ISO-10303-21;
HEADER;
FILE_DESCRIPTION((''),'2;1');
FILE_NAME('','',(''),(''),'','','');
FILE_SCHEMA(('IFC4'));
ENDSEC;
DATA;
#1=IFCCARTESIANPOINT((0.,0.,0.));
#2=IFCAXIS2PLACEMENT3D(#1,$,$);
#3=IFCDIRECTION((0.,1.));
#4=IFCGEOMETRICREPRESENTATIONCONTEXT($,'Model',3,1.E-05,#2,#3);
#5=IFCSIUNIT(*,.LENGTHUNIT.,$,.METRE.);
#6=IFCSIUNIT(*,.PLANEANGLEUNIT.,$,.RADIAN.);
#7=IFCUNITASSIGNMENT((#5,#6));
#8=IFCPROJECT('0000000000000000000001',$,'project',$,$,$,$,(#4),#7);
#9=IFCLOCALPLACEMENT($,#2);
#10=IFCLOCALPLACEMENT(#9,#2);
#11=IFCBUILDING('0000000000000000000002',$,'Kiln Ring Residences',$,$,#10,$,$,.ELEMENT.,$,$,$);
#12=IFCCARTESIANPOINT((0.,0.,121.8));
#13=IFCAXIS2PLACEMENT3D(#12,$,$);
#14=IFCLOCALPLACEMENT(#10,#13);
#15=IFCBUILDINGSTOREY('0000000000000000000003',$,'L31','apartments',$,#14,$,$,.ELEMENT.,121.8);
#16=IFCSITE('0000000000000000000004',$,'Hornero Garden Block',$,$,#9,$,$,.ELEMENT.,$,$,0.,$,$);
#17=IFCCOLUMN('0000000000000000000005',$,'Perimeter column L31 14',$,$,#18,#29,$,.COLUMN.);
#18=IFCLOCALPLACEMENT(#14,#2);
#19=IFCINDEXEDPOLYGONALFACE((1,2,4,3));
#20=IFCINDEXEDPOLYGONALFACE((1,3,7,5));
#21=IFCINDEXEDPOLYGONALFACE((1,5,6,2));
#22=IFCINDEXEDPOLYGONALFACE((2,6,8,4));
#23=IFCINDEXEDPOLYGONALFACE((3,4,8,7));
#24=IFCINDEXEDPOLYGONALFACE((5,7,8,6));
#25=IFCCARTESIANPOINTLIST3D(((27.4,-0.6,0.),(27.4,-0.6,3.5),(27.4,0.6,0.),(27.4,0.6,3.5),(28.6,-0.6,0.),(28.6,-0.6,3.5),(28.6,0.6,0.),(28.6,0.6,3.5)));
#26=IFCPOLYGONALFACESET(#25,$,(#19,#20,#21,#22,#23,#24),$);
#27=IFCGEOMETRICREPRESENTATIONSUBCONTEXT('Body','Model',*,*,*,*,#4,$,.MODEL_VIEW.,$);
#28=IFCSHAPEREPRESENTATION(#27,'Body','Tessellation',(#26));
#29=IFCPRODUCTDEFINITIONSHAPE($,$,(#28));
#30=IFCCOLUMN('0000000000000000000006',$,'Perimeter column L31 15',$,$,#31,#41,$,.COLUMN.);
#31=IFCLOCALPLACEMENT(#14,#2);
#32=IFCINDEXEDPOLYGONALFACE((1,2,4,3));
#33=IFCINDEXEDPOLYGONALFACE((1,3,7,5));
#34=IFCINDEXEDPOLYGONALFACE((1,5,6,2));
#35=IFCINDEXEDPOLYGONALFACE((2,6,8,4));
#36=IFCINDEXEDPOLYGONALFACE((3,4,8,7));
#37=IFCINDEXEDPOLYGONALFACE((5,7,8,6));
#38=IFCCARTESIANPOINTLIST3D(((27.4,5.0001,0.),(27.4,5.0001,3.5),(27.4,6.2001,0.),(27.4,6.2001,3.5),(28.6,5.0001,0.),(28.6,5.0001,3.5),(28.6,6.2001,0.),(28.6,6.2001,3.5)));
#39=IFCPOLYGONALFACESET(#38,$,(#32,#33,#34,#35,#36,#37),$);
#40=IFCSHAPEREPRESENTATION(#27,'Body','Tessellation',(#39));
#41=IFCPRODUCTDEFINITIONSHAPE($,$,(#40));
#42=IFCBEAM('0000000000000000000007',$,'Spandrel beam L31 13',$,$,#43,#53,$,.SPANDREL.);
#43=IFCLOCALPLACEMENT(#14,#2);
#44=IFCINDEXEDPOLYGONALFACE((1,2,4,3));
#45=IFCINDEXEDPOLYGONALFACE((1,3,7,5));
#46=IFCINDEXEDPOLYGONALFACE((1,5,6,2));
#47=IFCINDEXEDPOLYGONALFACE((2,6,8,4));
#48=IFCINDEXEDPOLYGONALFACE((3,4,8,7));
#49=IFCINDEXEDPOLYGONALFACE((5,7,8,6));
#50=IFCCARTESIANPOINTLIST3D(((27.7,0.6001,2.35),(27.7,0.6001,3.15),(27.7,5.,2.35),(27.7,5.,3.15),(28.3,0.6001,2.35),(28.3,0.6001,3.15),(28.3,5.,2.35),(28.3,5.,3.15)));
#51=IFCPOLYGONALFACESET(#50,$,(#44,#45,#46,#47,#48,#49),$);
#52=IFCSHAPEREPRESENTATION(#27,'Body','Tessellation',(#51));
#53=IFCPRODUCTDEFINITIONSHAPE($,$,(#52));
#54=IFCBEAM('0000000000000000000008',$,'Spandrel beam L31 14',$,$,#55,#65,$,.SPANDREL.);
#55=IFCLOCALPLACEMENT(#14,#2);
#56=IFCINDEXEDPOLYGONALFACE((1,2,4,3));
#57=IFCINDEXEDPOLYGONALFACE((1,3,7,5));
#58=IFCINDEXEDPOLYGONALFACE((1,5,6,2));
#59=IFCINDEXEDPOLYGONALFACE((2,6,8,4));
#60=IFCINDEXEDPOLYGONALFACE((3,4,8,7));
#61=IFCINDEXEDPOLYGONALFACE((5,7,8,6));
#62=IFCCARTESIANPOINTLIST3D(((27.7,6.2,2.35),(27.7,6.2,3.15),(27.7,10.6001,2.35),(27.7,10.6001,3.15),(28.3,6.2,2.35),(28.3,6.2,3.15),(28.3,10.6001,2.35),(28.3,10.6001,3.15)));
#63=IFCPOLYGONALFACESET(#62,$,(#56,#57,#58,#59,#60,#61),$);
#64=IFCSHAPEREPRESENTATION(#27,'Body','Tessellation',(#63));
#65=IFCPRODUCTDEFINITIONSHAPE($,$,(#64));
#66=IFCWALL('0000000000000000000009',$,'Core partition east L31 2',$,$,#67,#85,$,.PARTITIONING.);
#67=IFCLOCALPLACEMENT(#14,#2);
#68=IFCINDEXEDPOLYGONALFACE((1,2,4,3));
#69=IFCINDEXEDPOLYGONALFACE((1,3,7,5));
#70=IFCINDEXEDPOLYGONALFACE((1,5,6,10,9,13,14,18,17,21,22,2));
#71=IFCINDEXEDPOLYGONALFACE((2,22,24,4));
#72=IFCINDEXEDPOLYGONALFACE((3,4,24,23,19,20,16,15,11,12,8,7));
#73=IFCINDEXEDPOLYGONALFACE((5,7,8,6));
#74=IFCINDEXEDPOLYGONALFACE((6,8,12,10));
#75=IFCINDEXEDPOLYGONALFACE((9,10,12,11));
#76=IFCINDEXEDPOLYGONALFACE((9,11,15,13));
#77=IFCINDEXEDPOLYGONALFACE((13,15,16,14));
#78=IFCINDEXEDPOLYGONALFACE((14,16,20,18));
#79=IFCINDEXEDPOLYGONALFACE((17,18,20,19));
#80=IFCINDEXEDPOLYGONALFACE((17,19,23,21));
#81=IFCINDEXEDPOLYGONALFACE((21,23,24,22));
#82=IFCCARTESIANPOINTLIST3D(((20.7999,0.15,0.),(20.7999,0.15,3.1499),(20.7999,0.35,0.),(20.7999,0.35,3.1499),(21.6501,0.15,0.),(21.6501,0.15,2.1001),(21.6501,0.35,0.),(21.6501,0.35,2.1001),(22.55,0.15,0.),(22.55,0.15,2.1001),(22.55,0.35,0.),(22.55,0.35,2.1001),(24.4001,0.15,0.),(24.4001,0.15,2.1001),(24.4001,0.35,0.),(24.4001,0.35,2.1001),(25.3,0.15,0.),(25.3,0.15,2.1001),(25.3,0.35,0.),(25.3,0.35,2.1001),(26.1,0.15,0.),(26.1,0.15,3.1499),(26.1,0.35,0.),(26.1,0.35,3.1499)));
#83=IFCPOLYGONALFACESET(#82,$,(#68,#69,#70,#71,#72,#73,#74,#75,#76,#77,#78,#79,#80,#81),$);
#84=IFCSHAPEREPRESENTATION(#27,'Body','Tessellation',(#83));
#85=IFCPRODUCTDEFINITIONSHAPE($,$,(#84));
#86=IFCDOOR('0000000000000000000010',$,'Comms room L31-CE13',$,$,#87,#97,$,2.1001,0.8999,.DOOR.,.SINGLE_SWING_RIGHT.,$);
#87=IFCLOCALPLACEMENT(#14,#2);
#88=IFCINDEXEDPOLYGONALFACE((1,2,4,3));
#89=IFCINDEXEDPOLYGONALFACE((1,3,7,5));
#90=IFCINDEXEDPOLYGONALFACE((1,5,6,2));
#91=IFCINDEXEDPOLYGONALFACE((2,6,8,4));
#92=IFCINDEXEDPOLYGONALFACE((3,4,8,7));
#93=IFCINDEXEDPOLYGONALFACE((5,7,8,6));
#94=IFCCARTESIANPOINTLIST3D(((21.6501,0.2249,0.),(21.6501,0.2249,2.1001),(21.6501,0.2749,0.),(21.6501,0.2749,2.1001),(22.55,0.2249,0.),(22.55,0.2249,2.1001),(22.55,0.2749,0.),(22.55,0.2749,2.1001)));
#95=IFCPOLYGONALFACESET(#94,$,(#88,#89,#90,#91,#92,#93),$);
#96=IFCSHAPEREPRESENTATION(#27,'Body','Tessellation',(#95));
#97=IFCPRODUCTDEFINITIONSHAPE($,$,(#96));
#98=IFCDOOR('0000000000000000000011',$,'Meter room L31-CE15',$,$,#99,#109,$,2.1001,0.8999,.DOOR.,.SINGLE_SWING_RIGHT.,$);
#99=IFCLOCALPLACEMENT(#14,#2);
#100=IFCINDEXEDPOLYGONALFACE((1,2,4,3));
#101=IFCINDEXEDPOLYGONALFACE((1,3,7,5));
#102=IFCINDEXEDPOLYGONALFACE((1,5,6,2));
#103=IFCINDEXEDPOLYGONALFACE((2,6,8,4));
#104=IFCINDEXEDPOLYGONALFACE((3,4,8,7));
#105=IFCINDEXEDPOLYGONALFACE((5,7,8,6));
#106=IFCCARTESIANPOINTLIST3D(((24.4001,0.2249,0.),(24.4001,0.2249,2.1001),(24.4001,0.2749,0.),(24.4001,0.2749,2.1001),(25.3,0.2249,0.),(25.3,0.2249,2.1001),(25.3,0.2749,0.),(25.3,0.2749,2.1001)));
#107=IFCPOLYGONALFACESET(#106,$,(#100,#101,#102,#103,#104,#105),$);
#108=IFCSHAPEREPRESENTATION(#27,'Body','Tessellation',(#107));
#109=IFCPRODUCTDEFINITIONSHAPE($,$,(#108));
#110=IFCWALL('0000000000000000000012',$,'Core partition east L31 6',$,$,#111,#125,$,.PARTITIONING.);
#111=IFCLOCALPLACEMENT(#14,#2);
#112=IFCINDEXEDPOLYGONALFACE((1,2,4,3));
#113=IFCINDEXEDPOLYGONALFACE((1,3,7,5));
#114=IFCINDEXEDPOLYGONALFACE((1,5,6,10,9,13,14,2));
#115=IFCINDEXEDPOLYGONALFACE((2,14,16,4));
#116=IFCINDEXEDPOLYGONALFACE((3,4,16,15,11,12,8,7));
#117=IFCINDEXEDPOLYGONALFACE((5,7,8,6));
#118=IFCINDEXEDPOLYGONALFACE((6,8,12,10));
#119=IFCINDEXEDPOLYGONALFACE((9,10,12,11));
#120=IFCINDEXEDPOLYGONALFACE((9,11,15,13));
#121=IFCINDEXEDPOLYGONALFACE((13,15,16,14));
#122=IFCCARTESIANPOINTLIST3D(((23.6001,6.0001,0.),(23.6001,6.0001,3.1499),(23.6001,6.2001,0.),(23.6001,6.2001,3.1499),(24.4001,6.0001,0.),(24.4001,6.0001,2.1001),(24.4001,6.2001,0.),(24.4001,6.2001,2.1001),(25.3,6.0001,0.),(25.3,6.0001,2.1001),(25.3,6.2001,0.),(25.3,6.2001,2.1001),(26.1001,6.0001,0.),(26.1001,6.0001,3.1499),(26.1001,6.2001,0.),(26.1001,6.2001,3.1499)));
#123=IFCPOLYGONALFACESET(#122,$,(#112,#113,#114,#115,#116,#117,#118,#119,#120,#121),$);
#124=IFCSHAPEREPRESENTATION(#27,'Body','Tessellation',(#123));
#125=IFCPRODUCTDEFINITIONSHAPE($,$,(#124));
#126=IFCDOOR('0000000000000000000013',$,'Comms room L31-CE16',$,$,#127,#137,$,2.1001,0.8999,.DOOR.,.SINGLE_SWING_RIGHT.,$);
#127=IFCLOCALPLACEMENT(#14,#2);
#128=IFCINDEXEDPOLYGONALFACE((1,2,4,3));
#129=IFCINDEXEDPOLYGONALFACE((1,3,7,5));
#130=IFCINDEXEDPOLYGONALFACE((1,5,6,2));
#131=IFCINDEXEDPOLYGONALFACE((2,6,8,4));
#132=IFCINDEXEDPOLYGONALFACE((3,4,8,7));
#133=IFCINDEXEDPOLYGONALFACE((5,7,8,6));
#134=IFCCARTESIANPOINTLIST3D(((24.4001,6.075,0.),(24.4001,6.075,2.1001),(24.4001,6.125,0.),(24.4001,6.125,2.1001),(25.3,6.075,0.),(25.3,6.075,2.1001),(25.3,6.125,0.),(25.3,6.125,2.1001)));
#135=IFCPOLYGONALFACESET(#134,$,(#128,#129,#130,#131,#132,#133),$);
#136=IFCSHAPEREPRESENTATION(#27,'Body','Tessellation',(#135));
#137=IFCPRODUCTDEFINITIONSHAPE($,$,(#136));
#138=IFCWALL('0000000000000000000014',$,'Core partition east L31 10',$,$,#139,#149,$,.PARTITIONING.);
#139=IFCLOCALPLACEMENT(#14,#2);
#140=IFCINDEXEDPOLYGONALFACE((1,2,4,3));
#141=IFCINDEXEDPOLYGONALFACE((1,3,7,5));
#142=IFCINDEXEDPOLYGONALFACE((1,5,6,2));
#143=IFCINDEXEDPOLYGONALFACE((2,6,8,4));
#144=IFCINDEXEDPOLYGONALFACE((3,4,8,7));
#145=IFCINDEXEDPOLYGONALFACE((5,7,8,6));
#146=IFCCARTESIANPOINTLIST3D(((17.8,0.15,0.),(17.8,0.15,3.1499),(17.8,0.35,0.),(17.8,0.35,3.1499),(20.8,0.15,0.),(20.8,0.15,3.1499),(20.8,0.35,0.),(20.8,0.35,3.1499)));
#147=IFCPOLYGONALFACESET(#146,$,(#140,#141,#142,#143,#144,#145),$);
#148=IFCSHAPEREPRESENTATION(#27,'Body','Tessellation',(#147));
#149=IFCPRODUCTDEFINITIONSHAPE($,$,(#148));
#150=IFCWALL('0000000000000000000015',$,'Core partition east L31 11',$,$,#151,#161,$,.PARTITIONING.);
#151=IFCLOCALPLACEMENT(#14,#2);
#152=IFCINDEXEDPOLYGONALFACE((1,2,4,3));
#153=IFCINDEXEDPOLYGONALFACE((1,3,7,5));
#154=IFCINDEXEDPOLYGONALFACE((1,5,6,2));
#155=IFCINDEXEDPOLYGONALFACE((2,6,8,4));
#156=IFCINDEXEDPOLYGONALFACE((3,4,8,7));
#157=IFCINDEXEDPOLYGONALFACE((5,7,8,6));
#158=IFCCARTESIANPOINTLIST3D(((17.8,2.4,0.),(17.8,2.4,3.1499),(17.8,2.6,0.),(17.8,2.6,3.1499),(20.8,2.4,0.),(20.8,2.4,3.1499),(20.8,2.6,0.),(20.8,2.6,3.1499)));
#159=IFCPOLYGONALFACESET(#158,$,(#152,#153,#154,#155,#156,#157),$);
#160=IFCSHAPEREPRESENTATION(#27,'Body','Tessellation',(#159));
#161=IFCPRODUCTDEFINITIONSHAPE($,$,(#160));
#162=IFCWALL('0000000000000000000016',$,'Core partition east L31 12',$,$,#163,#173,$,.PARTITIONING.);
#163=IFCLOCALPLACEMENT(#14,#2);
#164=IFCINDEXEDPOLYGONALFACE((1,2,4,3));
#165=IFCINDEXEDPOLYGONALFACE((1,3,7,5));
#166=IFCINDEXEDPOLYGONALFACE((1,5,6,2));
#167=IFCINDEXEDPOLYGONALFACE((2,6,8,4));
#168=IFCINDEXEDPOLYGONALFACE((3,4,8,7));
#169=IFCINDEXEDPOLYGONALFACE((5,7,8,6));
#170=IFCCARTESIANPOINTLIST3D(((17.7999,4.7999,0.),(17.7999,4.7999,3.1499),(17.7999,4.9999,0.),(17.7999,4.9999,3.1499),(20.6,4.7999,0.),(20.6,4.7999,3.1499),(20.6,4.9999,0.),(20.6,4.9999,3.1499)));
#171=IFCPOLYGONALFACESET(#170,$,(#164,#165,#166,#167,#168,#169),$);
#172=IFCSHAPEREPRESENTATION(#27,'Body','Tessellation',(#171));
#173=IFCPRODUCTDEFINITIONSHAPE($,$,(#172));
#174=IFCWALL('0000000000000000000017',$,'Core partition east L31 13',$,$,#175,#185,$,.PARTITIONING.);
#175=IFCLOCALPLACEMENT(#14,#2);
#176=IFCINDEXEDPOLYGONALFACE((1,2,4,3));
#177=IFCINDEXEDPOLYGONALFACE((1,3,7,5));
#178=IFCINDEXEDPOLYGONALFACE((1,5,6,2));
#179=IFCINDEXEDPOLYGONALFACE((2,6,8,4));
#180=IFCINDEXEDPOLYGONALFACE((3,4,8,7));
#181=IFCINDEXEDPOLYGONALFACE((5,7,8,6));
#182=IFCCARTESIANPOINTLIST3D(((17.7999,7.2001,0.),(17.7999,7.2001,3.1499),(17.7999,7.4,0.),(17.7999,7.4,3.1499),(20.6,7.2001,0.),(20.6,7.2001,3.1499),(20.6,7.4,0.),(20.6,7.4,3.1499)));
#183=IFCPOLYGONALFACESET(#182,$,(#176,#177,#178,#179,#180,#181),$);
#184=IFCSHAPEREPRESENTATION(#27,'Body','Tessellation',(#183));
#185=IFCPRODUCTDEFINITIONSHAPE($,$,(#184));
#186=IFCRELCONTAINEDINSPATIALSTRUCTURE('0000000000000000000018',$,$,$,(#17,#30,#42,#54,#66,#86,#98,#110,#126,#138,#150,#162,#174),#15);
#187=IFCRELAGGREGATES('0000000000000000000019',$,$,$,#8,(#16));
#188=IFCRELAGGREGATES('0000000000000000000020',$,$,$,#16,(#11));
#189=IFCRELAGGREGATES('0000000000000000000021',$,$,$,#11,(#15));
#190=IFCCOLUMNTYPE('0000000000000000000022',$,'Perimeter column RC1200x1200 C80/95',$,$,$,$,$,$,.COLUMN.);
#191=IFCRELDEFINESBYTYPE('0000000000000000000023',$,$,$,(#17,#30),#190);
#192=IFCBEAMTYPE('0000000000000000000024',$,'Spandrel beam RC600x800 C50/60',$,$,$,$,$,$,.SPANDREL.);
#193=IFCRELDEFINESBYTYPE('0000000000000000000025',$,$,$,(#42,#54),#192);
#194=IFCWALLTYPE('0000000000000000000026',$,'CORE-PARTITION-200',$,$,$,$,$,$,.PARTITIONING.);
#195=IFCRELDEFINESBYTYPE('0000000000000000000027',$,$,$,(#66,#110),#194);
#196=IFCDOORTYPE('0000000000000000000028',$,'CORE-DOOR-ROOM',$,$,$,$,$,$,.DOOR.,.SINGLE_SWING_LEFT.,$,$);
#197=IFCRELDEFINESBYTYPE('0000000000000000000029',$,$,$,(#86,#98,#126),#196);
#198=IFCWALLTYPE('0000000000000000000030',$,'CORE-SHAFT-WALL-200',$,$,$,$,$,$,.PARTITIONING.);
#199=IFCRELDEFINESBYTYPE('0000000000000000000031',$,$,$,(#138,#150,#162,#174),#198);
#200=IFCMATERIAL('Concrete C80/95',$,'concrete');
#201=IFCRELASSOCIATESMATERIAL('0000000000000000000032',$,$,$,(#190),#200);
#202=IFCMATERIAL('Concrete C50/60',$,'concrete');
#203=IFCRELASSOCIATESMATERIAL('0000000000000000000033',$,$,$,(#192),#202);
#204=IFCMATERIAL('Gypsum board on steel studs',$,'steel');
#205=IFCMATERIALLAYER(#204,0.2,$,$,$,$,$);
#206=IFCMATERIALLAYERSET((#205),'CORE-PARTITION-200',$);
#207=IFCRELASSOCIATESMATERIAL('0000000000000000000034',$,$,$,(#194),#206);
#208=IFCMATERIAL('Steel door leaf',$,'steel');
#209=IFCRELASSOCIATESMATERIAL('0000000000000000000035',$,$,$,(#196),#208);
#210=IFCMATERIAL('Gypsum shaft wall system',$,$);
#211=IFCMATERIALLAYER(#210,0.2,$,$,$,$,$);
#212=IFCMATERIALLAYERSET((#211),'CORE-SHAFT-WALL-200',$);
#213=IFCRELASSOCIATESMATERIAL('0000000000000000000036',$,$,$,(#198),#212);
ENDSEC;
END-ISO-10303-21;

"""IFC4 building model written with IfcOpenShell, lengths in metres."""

from ifc_helpers import new_model, si_unit, direction, frame, frame_2d, origin, origin_2d, place, context, subcontext, project, spatial, rectangle, extrude, material, layer, layer_set, material_profile, profile_set, type_object, element, fill, save


model = new_model("IFC4")

# Units and contexts
model_context = context("Model", 3, precision=1e-05, world=origin(), true_north=direction((0.0, 1.0)))
body_context = subcontext(model_context, "Body", "Model", "MODEL_VIEW")
ifc_project = project(units=[si_unit("LENGTHUNIT", "METRE"), si_unit("PLANEANGLEUNIT", "RADIAN")], contexts=[model_context])

# Site, building, storey
site_placement = place(None, origin())
site = spatial("IfcSite", under=ifc_project, at=site_placement, Name="Hornero Garden Block", CompositionType="ELEMENT", RefElevation=0.0)
building_placement = place(site_placement, origin())
building = spatial("IfcBuilding", under=site, at=building_placement, Name="Kiln Ring Residences", CompositionType="ELEMENT")
storey_placement = place(building_placement, frame((0.0, 0.0, 121.8)))
storey = spatial("IfcBuildingStorey", under=building, at=storey_placement, Name="L31", Description="apartments", CompositionType="ELEMENT", Elevation=121.8)

# Columns
ifc_material_1 = material(Name="Concrete C80/95", Category="concrete")
ifc_material_profile_1 = material_profile(ifc_material_1, rectangle(XDim=1.2, YDim=1.2, at=origin_2d()), Name="RC1200x1200")
ifc_profile_set_1 = profile_set([ifc_material_profile_1], Name="Concrete C80/95")
column_type = type_object("IfcColumnType", Name="Perimeter column RC1200x1200 C80/95", PredefinedType="COLUMN", material=ifc_profile_set_1)
for number, where, z_axis, x_axis, name in (
    (1, (28.0, 0.0, 0.0), (0.0, 0.0, 1.0), (1.0, 0.0, 0.0), "Perimeter column L31 14"),
    (2, (28.0, 5.6001, 0.0), (0.0, 0.0, 1.0), (1.0, 0.0, 0.0), "Perimeter column L31 15"),
):
    element("IfcColumn", number, at=place(storey_placement, frame(where, z_axis=z_axis, x_axis=x_axis)), inside=storey, type_object=column_type, Name=name, PredefinedType="COLUMN", context=body_context, shape_type="SweptSolid", body=[
        extrude(rectangle(XDim=1.2, YDim=1.2, at=origin_2d()), origin(), (0.0, 0.0, 1.0), 3.5),
    ])

# Beams
ifc_material_2 = material(Name="Concrete C50/60", Category="concrete")
ifc_material_profile_2 = material_profile(ifc_material_2, rectangle(XDim=0.6001, YDim=0.8, at=origin_2d()), Name="RC600x800")
ifc_profile_set_2 = profile_set([ifc_material_profile_2], Name="Concrete C50/60")
beam_type = type_object("IfcBeamType", Name="Spandrel beam RC600x800 C50/60", PredefinedType="SPANDREL", material=ifc_profile_set_2)
beam_1_placement = place(storey_placement, frame((28.0, 0.6001, 2.75), z_axis=(0.0, 1.0, 0.0), x_axis=(-1.0, 0.0, 0.0)))
element("IfcBeam", 3, at=beam_1_placement, inside=storey, type_object=beam_type, Name="Spandrel beam L31 13", PredefinedType="SPANDREL", context=body_context, shape_type="SweptSolid", body=[
    extrude(rectangle(XDim=0.6001, YDim=0.8, at=origin_2d()), origin(), (0.0, 0.0, 1.0), 4.3999),
])
beam_2_placement = place(storey_placement, frame((28.0, 6.2, 2.75), z_axis=(0.0, 1.0, 0.0), x_axis=(-1.0, 0.0, 0.0)))
element("IfcBeam", 4, at=beam_2_placement, inside=storey, type_object=beam_type, Name="Spandrel beam L31 14", PredefinedType="SPANDREL", context=body_context, shape_type="SweptSolid", body=[
    extrude(rectangle(XDim=0.6001, YDim=0.8, at=origin_2d()), origin(), (0.0, 0.0, 1.0), 4.4001),
])

# Wall, openings, doors
ifc_material_3 = material(Name="Gypsum board on steel studs", Category="steel")
ifc_layer_1 = layer(ifc_material_3, 0.2)
ifc_layer_set_1 = layer_set([ifc_layer_1], Name="CORE-PARTITION-200")
wall_type_1 = type_object("IfcWallType", Name="CORE-PARTITION-200", PredefinedType="PARTITIONING", material=ifc_layer_set_1)
wall_1_placement = place(storey_placement, frame((20.8, 0.25, 0.0), z_axis=(0.0, 0.0, 1.0), x_axis=(1.0, 0.0, 0.0)))
wall_1 = element("IfcWall", 5, at=wall_1_placement, inside=storey, type_object=wall_type_1, Name="Core partition east L31 2", PredefinedType="PARTITIONING", context=body_context, shape_type="SweptSolid", body=[
    extrude(rectangle(XDim=5.3, YDim=0.2, at=frame_2d((2.6499, 0.0))), origin(), (0.0, 0.0, 1.0), 3.1499),
])
opening_1_placement = place(wall_1_placement, frame((0.8501, 0.0, 0.0)))
opening_1 = element("IfcOpeningElement", 6, at=opening_1_placement, cuts=wall_1, PredefinedType="OPENING", context=body_context, shape_type="SweptSolid", body=[
    extrude(rectangle(XDim=0.8999, YDim=2.1001, at=frame_2d((0.45, 1.05))), frame((0.0, 0.1099, 0.0), z_axis=(0.0, -1.0, 0.0), x_axis=(1.0, 0.0, 0.0)), (0.0, 0.0, 1.0), 0.22),
])
opening_2_placement = place(wall_1_placement, frame((3.6001, 0.0, 0.0)))
opening_2 = element("IfcOpeningElement", 7, at=opening_2_placement, cuts=wall_1, PredefinedType="OPENING", context=body_context, shape_type="SweptSolid", body=[
    extrude(rectangle(XDim=0.8999, YDim=2.1001, at=frame_2d((0.45, 1.05))), frame((0.0, 0.1099, 0.0), z_axis=(0.0, -1.0, 0.0), x_axis=(1.0, 0.0, 0.0)), (0.0, 0.0, 1.0), 0.22),
])
ifc_material_4 = material(Name="Steel door leaf", Category="steel")
door_type = type_object("IfcDoorType", Name="CORE-DOOR-ROOM", OperationType="SINGLE_SWING_LEFT", PredefinedType="DOOR", material=ifc_material_4)
door_1_placement = place(opening_1_placement, origin())
door_1 = element("IfcDoor", 8, at=door_1_placement, inside=storey, type_object=door_type, Name="Comms room L31-CE13", OperationType="SINGLE_SWING_RIGHT", OverallHeight=2.1001, OverallWidth=0.8999, PredefinedType="DOOR", context=body_context, shape_type="SweptSolid", body=[
    extrude(rectangle(XDim=0.8999, YDim=2.1001, at=frame_2d((0.45, 1.05))), frame((0.0, 0.0249, 0.0), z_axis=(0.0, -1.0, 0.0), x_axis=(1.0, 0.0, 0.0)), (0.0, 0.0, 1.0), 0.05),
])
fill(opening_1, door_1)
door_2_placement = place(opening_2_placement, origin())
door_2 = element("IfcDoor", 9, at=door_2_placement, inside=storey, type_object=door_type, Name="Meter room L31-CE15", OperationType="SINGLE_SWING_RIGHT", OverallHeight=2.1001, OverallWidth=0.8999, PredefinedType="DOOR", context=body_context, shape_type="SweptSolid", body=[
    extrude(rectangle(XDim=0.8999, YDim=2.1001, at=frame_2d((0.45, 1.05))), frame((0.0, 0.0249, 0.0), z_axis=(0.0, -1.0, 0.0), x_axis=(1.0, 0.0, 0.0)), (0.0, 0.0, 1.0), 0.05),
])
fill(opening_2, door_2)

# Wall, opening, door
wall_2_placement = place(storey_placement, frame((23.6001, 6.1001, 0.0), z_axis=(0.0, 0.0, 1.0), x_axis=(1.0, 0.0, 0.0)))
wall_2 = element("IfcWall", 10, at=wall_2_placement, inside=storey, type_object=wall_type_1, Name="Core partition east L31 6", PredefinedType="PARTITIONING", context=body_context, shape_type="SweptSolid", body=[
    extrude(rectangle(XDim=2.5, YDim=0.2, at=frame_2d((1.25, 0.0))), origin(), (0.0, 0.0, 1.0), 3.1499),
])
opening_3_placement = place(wall_2_placement, frame((0.8, 0.0, 0.0)))
opening_3 = element("IfcOpeningElement", 11, at=opening_3_placement, cuts=wall_2, PredefinedType="OPENING", context=body_context, shape_type="SweptSolid", body=[
    extrude(rectangle(XDim=0.8999, YDim=2.1001, at=frame_2d((0.45, 1.05))), frame((0.0, 0.1099, 0.0), z_axis=(0.0, -1.0, 0.0), x_axis=(1.0, 0.0, 0.0)), (0.0, 0.0, 1.0), 0.22),
])
door_3_placement = place(opening_3_placement, origin())
door_3 = element("IfcDoor", 12, at=door_3_placement, inside=storey, type_object=door_type, Name="Comms room L31-CE16", OperationType="SINGLE_SWING_RIGHT", OverallHeight=2.1001, OverallWidth=0.8999, PredefinedType="DOOR", context=body_context, shape_type="SweptSolid", body=[
    extrude(rectangle(XDim=0.8999, YDim=2.1001, at=frame_2d((0.45, 1.05))), frame((0.0, 0.0249, 0.0), z_axis=(0.0, -1.0, 0.0), x_axis=(1.0, 0.0, 0.0)), (0.0, 0.0, 1.0), 0.05),
])
fill(opening_3, door_3)

# Walls
ifc_material_5 = material(Name="Gypsum shaft wall system")
ifc_layer_2 = layer(ifc_material_5, 0.2)
ifc_layer_set_2 = layer_set([ifc_layer_2], Name="CORE-SHAFT-WALL-200")
wall_type_2 = type_object("IfcWallType", Name="CORE-SHAFT-WALL-200", PredefinedType="PARTITIONING", material=ifc_layer_set_2)
for number, where, z_axis, x_axis, name in (
    (13, (17.8, 0.25, 0.0), (0.0, 0.0, 1.0), (1.0, 0.0, 0.0), "Core partition east L31 10"),
    (14, (17.8, 2.5, 0.0), (0.0, 0.0, 1.0), (1.0, 0.0, 0.0), "Core partition east L31 11"),
):
    element("IfcWall", number, at=place(storey_placement, frame(where, z_axis=z_axis, x_axis=x_axis)), inside=storey, type_object=wall_type_2, Name=name, PredefinedType="PARTITIONING", context=body_context, shape_type="SweptSolid", body=[
        extrude(rectangle(XDim=3.0, YDim=0.2, at=frame_2d((1.5, 0.0))), origin(), (0.0, 0.0, 1.0), 3.1499),
    ])
for number, where, z_axis, x_axis, name in (
    (15, (17.8, 4.8999, 0.0), (0.0, 0.0, 1.0), (1.0, 0.0, 0.0), "Core partition east L31 12"),
    (16, (17.8, 7.3, 0.0), (0.0, 0.0, 1.0), (1.0, 0.0, 0.0), "Core partition east L31 13"),
):
    element("IfcWall", number, at=place(storey_placement, frame(where, z_axis=z_axis, x_axis=x_axis)), inside=storey, type_object=wall_type_2, Name=name, PredefinedType="PARTITIONING", context=body_context, shape_type="SweptSolid", body=[
        extrude(rectangle(XDim=2.8, YDim=0.2, at=frame_2d((1.3999, 0.0))), origin(), (0.0, 0.0, 1.0), 3.1499),
    ])

save(model, "model.ifc")
